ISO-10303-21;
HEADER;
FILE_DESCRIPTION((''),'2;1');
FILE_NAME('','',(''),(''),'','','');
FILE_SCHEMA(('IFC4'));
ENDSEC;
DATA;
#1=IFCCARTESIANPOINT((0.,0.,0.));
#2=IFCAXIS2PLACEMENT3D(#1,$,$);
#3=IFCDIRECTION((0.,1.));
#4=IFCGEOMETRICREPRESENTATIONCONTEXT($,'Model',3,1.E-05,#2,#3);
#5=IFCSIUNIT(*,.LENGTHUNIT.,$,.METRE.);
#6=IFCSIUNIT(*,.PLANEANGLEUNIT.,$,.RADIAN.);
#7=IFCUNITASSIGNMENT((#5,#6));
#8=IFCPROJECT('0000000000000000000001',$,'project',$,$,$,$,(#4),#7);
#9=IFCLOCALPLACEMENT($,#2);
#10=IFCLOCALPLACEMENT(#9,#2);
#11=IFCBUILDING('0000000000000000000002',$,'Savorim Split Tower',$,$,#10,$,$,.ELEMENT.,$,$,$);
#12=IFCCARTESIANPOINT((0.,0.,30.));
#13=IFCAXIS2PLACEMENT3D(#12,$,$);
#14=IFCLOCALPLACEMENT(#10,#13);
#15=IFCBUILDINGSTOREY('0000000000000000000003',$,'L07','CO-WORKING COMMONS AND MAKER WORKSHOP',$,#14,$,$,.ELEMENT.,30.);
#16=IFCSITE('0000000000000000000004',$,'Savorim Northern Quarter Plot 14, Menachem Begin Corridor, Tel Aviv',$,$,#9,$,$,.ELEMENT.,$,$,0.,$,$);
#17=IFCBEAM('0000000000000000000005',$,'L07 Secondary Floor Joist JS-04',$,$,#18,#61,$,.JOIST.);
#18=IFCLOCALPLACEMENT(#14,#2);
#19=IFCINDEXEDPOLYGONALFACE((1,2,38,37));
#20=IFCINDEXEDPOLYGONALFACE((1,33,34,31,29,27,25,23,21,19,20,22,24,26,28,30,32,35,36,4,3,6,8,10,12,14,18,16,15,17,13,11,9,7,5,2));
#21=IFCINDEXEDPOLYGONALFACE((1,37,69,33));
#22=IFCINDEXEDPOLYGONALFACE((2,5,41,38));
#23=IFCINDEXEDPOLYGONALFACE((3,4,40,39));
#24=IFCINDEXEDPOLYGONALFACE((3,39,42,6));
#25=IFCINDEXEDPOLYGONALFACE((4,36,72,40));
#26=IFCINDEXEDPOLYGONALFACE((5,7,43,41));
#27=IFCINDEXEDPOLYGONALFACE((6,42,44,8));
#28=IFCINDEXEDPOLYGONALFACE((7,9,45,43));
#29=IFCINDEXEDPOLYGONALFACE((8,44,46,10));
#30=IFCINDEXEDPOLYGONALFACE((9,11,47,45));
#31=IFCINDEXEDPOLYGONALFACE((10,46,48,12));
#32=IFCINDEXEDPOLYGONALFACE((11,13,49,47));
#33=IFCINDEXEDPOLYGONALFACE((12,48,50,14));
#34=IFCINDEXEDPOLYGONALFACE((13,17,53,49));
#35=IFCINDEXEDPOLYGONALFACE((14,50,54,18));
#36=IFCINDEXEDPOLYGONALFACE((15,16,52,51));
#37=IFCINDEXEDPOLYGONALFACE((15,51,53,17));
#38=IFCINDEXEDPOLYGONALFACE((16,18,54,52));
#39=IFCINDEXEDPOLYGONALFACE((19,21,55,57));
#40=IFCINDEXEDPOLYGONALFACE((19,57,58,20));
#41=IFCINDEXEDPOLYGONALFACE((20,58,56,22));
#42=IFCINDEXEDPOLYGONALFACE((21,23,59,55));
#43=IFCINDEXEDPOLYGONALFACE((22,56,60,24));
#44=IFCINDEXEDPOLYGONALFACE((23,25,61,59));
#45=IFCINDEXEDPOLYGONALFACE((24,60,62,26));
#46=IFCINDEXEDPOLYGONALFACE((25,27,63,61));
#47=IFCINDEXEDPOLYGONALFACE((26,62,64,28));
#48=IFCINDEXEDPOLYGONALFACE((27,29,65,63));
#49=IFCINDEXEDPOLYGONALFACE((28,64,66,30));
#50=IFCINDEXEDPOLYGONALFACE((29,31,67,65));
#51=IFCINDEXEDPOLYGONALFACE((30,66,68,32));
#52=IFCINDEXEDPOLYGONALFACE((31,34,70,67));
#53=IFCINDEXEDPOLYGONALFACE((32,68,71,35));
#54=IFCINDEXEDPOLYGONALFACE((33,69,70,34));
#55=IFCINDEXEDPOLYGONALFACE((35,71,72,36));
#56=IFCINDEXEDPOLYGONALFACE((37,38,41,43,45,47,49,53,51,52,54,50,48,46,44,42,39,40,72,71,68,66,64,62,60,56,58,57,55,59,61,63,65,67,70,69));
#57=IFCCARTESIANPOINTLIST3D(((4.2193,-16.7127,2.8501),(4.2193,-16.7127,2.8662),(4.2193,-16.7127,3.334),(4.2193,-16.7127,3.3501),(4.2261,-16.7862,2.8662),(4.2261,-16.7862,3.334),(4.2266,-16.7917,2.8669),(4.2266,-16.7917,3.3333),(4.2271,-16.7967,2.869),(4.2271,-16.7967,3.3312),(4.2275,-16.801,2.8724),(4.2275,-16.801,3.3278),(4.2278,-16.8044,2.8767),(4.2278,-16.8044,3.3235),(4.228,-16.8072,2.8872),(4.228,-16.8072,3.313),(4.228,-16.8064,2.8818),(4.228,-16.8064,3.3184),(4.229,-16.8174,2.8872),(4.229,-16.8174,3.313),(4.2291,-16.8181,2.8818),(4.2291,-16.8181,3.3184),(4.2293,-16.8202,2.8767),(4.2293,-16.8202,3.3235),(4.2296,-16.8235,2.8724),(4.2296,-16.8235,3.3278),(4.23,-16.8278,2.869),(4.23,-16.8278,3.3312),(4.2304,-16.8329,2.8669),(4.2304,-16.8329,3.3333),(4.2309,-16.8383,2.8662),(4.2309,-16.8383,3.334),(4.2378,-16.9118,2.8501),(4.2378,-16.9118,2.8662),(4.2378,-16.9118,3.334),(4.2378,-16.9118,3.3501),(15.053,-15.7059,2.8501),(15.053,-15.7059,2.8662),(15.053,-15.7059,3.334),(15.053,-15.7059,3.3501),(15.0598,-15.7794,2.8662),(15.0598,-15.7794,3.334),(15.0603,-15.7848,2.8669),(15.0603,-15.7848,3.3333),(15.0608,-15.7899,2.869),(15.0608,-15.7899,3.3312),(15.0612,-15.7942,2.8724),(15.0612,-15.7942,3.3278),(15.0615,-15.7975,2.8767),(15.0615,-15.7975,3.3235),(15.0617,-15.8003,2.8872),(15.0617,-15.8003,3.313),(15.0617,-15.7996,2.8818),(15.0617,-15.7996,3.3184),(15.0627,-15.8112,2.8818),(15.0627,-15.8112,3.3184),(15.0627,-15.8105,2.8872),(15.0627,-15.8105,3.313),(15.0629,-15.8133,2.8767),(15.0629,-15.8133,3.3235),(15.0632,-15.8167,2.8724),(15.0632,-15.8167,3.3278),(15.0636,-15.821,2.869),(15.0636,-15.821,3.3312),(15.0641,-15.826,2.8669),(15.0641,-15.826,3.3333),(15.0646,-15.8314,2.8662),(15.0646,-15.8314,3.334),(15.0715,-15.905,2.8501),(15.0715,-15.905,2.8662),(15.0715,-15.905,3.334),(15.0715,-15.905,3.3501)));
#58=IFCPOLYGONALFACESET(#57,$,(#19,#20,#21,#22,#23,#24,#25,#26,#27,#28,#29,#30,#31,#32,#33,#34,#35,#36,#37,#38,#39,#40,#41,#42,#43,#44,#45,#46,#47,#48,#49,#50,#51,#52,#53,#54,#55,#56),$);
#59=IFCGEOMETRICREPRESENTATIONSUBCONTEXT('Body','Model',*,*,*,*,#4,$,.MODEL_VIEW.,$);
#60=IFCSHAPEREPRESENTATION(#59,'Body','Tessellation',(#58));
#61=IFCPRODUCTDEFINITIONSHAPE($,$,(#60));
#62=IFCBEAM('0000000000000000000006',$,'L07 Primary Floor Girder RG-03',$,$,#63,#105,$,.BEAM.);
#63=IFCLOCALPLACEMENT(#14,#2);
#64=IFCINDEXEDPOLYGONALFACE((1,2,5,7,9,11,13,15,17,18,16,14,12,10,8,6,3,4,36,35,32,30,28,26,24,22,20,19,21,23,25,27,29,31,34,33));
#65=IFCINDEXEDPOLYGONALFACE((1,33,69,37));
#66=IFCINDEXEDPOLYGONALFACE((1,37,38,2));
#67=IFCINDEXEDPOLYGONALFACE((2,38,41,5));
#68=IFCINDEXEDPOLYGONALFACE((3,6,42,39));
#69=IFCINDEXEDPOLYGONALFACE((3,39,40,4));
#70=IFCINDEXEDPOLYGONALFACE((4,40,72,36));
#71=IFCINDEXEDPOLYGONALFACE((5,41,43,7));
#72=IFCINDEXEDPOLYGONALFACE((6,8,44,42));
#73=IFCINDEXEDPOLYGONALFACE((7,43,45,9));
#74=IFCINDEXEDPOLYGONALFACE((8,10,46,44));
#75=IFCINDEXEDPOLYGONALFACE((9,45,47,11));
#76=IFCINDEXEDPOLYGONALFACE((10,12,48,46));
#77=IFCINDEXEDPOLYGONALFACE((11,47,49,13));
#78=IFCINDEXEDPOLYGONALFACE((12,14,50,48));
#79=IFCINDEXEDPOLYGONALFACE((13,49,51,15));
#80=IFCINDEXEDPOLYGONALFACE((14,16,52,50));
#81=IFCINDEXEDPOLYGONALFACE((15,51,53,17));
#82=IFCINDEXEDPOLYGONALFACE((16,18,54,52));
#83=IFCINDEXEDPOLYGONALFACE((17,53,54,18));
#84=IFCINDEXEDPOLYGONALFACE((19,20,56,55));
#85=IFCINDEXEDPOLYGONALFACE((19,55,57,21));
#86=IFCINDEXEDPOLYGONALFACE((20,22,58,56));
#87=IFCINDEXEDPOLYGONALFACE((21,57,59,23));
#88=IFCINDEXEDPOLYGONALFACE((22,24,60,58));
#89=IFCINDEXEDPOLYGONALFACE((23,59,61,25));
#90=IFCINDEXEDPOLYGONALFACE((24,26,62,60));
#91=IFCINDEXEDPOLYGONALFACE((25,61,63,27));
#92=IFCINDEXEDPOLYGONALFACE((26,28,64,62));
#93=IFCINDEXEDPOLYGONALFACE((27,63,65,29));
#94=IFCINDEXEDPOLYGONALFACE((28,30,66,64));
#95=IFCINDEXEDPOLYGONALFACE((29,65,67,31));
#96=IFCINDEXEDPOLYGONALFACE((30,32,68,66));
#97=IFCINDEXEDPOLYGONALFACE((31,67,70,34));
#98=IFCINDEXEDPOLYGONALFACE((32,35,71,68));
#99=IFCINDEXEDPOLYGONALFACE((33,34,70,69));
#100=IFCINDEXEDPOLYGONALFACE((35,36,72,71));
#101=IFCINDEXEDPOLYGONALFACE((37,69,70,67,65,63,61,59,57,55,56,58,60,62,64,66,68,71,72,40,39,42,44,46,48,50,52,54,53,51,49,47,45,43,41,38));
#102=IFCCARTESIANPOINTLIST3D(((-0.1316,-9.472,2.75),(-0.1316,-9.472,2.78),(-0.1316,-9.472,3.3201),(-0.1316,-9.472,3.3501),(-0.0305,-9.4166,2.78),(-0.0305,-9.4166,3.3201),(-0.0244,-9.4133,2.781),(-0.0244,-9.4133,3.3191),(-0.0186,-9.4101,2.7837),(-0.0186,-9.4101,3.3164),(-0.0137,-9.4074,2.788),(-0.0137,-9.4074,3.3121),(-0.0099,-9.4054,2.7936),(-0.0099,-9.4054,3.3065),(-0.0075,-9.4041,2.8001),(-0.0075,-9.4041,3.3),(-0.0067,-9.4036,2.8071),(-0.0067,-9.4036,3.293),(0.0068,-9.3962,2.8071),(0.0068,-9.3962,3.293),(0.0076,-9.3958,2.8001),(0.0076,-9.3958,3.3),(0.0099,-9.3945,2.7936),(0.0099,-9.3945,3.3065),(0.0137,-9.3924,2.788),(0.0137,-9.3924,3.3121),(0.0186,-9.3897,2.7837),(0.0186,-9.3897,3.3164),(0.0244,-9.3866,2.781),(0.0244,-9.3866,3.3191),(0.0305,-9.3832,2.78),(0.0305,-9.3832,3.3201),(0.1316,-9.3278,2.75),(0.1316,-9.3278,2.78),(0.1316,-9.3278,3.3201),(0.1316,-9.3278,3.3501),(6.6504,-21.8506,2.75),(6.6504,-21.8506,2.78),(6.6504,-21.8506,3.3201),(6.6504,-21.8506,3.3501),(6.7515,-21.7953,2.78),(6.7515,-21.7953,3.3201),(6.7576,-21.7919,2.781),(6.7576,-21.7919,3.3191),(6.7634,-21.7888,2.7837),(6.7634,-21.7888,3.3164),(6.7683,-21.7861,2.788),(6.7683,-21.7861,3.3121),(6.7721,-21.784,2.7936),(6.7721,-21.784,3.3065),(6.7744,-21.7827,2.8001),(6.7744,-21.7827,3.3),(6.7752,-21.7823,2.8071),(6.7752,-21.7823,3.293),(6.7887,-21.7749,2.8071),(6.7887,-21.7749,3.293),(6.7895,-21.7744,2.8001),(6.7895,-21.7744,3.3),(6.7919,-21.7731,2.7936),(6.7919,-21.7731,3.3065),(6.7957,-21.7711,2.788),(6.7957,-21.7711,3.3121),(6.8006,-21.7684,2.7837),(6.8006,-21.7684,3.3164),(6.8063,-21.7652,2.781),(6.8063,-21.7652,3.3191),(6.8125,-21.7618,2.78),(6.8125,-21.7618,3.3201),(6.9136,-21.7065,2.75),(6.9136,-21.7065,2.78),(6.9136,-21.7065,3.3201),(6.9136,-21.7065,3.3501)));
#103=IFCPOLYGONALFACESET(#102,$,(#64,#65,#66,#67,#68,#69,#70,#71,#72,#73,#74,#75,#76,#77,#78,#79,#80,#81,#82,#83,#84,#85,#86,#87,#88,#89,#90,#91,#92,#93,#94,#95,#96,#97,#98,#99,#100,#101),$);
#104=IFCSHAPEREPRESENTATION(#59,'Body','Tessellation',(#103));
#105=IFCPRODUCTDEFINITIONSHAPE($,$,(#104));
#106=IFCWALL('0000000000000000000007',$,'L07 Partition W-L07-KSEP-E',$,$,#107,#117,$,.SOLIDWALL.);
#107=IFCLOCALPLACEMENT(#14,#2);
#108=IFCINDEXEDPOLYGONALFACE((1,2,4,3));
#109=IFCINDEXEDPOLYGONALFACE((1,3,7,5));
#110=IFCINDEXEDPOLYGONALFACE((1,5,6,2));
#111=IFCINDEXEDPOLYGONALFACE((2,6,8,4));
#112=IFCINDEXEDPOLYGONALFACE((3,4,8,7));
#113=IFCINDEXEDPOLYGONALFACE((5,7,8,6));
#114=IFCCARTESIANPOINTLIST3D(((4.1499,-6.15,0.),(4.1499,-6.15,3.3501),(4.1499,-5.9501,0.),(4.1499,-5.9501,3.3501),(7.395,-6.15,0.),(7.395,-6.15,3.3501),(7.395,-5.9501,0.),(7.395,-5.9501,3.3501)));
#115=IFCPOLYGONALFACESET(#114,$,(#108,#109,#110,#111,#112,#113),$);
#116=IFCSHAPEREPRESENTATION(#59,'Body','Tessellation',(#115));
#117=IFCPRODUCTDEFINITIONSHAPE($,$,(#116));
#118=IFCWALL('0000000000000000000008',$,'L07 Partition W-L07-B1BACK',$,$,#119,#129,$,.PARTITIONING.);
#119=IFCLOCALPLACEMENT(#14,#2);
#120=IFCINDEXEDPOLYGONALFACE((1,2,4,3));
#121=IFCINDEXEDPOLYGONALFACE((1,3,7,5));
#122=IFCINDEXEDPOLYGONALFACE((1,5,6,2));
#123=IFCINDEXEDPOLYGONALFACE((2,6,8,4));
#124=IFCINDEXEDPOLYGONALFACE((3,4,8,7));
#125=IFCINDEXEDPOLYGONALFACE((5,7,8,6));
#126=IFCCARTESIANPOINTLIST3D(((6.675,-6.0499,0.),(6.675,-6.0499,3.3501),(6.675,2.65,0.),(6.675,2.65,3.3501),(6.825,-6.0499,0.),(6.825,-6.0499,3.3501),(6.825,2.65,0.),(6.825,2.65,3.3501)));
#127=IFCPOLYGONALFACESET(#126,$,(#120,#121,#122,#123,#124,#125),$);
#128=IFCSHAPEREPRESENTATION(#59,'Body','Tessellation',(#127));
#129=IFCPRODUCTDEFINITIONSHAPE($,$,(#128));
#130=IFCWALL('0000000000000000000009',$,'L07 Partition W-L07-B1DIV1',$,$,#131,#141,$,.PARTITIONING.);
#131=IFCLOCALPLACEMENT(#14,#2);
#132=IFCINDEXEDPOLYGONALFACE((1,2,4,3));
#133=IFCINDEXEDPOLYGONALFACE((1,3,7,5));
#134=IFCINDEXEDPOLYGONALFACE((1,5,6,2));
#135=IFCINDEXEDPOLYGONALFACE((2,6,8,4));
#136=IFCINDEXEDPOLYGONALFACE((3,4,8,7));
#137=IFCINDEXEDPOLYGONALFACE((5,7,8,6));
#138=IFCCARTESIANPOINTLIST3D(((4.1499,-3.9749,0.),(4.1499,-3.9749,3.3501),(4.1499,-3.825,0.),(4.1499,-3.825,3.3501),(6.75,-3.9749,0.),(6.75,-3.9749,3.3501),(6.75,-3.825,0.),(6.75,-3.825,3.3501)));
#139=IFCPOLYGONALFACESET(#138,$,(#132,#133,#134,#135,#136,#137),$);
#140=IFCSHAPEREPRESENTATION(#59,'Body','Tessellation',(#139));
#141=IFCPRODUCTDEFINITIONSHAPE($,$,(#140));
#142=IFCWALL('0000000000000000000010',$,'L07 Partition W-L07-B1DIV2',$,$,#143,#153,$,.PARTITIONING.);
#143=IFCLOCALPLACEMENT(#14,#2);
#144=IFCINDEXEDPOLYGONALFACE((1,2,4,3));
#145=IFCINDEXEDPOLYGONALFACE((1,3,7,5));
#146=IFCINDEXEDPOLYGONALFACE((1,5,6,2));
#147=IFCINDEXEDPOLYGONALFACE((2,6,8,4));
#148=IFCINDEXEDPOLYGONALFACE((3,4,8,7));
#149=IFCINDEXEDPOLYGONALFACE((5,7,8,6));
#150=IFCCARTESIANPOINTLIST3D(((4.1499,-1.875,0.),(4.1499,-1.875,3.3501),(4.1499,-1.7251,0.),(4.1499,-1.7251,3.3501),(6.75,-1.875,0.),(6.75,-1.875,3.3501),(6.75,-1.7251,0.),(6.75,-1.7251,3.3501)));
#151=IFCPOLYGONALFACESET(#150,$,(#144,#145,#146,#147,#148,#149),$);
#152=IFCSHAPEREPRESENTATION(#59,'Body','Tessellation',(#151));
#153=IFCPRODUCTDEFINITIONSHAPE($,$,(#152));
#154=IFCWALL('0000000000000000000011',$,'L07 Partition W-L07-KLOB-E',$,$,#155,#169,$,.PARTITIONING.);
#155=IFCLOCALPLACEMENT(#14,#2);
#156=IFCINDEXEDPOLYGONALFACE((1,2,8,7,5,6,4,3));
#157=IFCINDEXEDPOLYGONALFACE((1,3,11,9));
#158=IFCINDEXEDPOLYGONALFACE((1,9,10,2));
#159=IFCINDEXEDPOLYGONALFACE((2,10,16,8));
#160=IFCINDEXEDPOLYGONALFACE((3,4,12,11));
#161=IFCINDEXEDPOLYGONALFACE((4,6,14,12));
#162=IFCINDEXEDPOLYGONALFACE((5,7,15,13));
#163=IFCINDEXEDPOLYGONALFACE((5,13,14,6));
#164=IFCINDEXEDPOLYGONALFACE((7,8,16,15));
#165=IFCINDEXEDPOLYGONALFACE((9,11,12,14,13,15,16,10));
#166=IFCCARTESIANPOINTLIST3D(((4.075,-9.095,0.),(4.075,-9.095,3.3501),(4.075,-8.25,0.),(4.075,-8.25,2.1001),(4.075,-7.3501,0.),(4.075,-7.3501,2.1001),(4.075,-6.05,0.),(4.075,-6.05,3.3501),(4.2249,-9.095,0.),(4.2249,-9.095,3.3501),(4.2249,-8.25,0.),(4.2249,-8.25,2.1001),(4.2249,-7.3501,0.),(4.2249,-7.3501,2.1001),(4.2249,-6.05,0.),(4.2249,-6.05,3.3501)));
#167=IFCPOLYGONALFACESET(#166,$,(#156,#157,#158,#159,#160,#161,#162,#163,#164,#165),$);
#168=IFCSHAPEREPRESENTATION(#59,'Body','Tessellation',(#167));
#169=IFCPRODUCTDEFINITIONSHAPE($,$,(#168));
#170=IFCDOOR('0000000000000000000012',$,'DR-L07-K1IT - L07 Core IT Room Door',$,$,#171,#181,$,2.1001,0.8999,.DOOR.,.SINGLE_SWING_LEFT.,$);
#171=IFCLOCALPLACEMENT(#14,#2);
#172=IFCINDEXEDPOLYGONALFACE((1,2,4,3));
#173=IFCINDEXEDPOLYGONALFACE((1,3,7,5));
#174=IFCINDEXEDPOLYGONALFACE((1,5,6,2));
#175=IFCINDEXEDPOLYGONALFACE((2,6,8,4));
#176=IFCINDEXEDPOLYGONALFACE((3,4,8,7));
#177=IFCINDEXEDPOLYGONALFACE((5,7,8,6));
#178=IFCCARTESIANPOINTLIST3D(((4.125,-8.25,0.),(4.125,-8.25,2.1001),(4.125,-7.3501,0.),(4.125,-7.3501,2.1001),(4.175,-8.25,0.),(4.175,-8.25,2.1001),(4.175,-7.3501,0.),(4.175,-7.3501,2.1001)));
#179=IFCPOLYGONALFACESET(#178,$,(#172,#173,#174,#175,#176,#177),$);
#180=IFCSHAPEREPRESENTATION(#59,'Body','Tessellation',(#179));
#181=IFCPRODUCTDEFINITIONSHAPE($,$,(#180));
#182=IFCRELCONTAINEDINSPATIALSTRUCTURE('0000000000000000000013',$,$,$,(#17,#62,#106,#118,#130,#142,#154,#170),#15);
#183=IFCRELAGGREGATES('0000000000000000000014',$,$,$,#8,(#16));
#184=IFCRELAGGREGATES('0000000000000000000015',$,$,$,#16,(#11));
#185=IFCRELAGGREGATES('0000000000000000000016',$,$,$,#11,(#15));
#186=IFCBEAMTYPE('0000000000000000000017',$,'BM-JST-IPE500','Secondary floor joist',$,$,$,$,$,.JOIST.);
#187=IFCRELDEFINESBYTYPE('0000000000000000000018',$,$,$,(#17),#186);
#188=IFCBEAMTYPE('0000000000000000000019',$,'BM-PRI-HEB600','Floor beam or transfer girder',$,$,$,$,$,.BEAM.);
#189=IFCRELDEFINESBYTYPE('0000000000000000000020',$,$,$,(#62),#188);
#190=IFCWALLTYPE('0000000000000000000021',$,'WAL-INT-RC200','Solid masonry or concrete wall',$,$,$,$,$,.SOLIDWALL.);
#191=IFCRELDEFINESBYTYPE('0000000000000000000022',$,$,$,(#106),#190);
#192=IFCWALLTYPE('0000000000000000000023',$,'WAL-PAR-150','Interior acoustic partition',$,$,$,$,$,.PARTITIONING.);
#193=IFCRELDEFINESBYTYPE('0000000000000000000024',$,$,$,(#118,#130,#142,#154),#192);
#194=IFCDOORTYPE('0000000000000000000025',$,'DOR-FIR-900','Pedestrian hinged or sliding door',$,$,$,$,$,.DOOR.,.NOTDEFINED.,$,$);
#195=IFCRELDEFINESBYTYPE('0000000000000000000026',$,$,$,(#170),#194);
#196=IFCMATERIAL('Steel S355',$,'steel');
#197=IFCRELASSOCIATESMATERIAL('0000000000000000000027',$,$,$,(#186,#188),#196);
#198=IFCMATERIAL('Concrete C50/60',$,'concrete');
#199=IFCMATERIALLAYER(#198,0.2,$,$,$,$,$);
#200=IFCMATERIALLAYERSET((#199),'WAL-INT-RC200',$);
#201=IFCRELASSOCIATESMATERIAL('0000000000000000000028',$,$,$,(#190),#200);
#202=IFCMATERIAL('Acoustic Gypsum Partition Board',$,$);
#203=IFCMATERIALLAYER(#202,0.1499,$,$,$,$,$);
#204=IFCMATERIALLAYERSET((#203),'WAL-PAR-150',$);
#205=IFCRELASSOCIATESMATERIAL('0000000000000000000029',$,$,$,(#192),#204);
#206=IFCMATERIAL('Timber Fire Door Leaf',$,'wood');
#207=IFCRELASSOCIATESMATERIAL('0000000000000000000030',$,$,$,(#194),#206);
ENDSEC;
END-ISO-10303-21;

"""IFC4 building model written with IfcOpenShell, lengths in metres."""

from ifc_helpers import new_model, si_unit, direction, frame, frame_2d, origin, origin_2d, place, context, subcontext, project, spatial, rectangle, i_section, extrude, material, layer, layer_set, material_profile, profile_set, type_object, element, fill, save


model = new_model("IFC4")

# Units and contexts
model_context = context("Model", 3, precision=1e-05, world=origin(), true_north=direction((0.0, 1.0)))
body_context = subcontext(model_context, "Body", "Model", "MODEL_VIEW")
ifc_project = project(units=[si_unit("LENGTHUNIT", "METRE"), si_unit("PLANEANGLEUNIT", "RADIAN")], contexts=[model_context])

# Site, building, storey
site_placement = place(None, origin())
site = spatial("IfcSite", under=ifc_project, at=site_placement, Name="Savorim Northern Quarter Plot 14, Menachem Begin Corridor, Tel Aviv", CompositionType="ELEMENT", RefElevation=0.0)
building_placement = place(site_placement, origin())
building = spatial("IfcBuilding", under=site, at=building_placement, Name="Savorim Split Tower", CompositionType="ELEMENT")
storey_placement = place(building_placement, frame((0.0, 0.0, 30.0)))
storey = spatial("IfcBuildingStorey", under=building, at=storey_placement, Name="L07", Description="CO-WORKING COMMONS AND MAKER WORKSHOP", CompositionType="ELEMENT", Elevation=30.0)

# Beams
ifc_material_1 = material(Name="Steel S355", Category="steel")
ifc_material_profile_1 = material_profile(ifc_material_1, i_section(OverallWidth=0.2, OverallDepth=0.5, WebThickness=0.0103, FlangeThickness=0.0161, FilletRadius=0.021, at=origin_2d()), Name="IPE 500")
ifc_profile_set_1 = profile_set([ifc_material_profile_1], Name="Steel S355")
beam_type_1 = type_object("IfcBeamType", Name="BM-JST-IPE500", Description="Secondary floor joist", PredefinedType="JOIST", material=ifc_profile_set_1)
beam_1_placement = place(storey_placement, frame((4.2285, -16.8123, 3.1001), z_axis=(0.995709, 0.092536, 0.0), x_axis=(-0.092536, 0.995709, 0.0)))
element("IfcBeam", 1, at=beam_1_placement, inside=storey, type_object=beam_type_1, Name="L07 Secondary Floor Joist JS-04", PredefinedType="JOIST", context=body_context, shape_type="SweptSolid", body=[
    extrude(i_section(OverallWidth=0.2, OverallDepth=0.5, WebThickness=0.0103, FlangeThickness=0.0161, FilletRadius=0.021, at=origin_2d()), origin(), (0.0, 0.0, 1.0), 10.8804),
])
ifc_material_profile_2 = material_profile(ifc_material_1, i_section(OverallWidth=0.3, OverallDepth=0.6001, WebThickness=0.0154, FlangeThickness=0.03, FilletRadius=0.0271, at=origin_2d()), Name="HEB 600")
ifc_profile_set_2 = profile_set([ifc_material_profile_2], Name="Steel S355")
beam_type_2 = type_object("IfcBeamType", Name="BM-PRI-HEB600", Description="Floor beam or transfer girder", PredefinedType="BEAM", material=ifc_profile_set_2)
beam_2_placement = place(storey_placement, frame((6.782, -21.7786, 3.05), z_axis=(-0.480489, 0.877001, 0.0), x_axis=(-0.877001, -0.480489, 0.0)))
element("IfcBeam", 2, at=beam_2_placement, inside=storey, type_object=beam_type_2, Name="L07 Primary Floor Girder RG-03", PredefinedType="BEAM", context=body_context, shape_type="SweptSolid", body=[
    extrude(i_section(OverallWidth=0.3, OverallDepth=0.6001, WebThickness=0.0154, FlangeThickness=0.03, FilletRadius=0.0271, at=origin_2d()), origin(), (0.0, 0.0, 1.0), 14.1147),
])

# Shared definitions
ifc_material_2 = material(Name="Concrete C50/60", Category="concrete")
ifc_layer_1 = layer(ifc_material_2, 0.2)
ifc_layer_set_1 = layer_set([ifc_layer_1], Name="WAL-INT-RC200")
wall_type_1 = type_object("IfcWallType", Name="WAL-INT-RC200", Description="Solid masonry or concrete wall", PredefinedType="SOLIDWALL", material=ifc_layer_set_1)

# Walls
wall_1_placement = place(storey_placement, frame((4.1499, -6.05, 0.0), z_axis=(0.0, 0.0, 1.0), x_axis=(1.0, 0.0, 0.0)))
element("IfcWall", 3, at=wall_1_placement, inside=storey, type_object=wall_type_1, Name="L07 Partition W-L07-KSEP-E", PredefinedType="SOLIDWALL", context=body_context, shape_type="SweptSolid", body=[
    extrude(rectangle(XDim=3.2451, YDim=0.2, at=frame_2d((1.6226, 0.0))), origin(), (0.0, 0.0, 1.0), 3.3501),
])
ifc_material_3 = material(Name="Acoustic Gypsum Partition Board")
ifc_layer_2 = layer(ifc_material_3, 0.1499)
ifc_layer_set_2 = layer_set([ifc_layer_2], Name="WAL-PAR-150")
wall_type_2 = type_object("IfcWallType", Name="WAL-PAR-150", Description="Interior acoustic partition", PredefinedType="PARTITIONING", material=ifc_layer_set_2)
wall_2_placement = place(storey_placement, frame((6.75, -6.05, 0.0), z_axis=(0.0, 0.0, 1.0), x_axis=(0.0, 1.0, 0.0)))
element("IfcWall", 4, at=wall_2_placement, inside=storey, type_object=wall_type_2, Name="L07 Partition W-L07-B1BACK", PredefinedType="PARTITIONING", context=body_context, shape_type="SweptSolid", body=[
    extrude(rectangle(XDim=8.7, YDim=0.1499, at=frame_2d((4.3501, 0.0))), origin(), (0.0, 0.0, 1.0), 3.3501),
])
for number, where, z_axis, x_axis, name in (
    (5, (4.1499, -3.8999, 0.0), (0.0, 0.0, 1.0), (1.0, 0.0, 0.0), "L07 Partition W-L07-B1DIV1"),
    (6, (4.1499, -1.8, 0.0), (0.0, 0.0, 1.0), (1.0, 0.0, 0.0), "L07 Partition W-L07-B1DIV2"),
):
    element("IfcWall", number, at=place(storey_placement, frame(where, z_axis=z_axis, x_axis=x_axis)), inside=storey, type_object=wall_type_2, Name=name, PredefinedType="PARTITIONING", context=body_context, shape_type="SweptSolid", body=[
        extrude(rectangle(XDim=2.6001, YDim=0.1499, at=frame_2d((1.3, 0.0))), origin(), (0.0, 0.0, 1.0), 3.3501),
    ])

# Wall, opening, door
wall_3_placement = place(storey_placement, frame((4.1499, -9.095, 0.0), z_axis=(0.0, 0.0, 1.0), x_axis=(0.0, 1.0, 0.0)))
wall_3 = element("IfcWall", 7, at=wall_3_placement, inside=storey, type_object=wall_type_2, Name="L07 Partition W-L07-KLOB-E", PredefinedType="PARTITIONING", context=body_context, shape_type="SweptSolid", body=[
    extrude(rectangle(XDim=3.0449, YDim=0.1499, at=frame_2d((1.5225, 0.0))), origin(), (0.0, 0.0, 1.0), 3.3501),
])
opening_1_placement = place(wall_3_placement, frame((0.845, 0.0, 0.0)))
opening_1 = element("IfcOpeningElement", 8, at=opening_1_placement, cuts=wall_3, PredefinedType="OPENING", context=body_context, shape_type="SweptSolid", body=[
    extrude(rectangle(XDim=0.8999, YDim=2.1001, at=frame_2d((0.45, 1.05))), frame((0.0, 0.085, 0.0), z_axis=(0.0, -1.0, 0.0), x_axis=(1.0, 0.0, 0.0)), (0.0, 0.0, 1.0), 0.1699),
])
ifc_material_4 = material(Name="Timber Fire Door Leaf", Category="wood")
door_type_1 = type_object("IfcDoorType", Name="DOR-FIR-900", Description="Pedestrian hinged or sliding door", OperationType="NOTDEFINED", PredefinedType="DOOR", material=ifc_material_4)
door_1_placement = place(opening_1_placement, origin())
door_1 = element("IfcDoor", 9, at=door_1_placement, inside=storey, type_object=door_type_1, Name="DR-L07-K1IT - L07 Core IT Room Door", OperationType="SINGLE_SWING_LEFT", OverallHeight=2.1001, OverallWidth=0.8999, PredefinedType="DOOR", context=body_context, shape_type="SweptSolid", body=[
    extrude(rectangle(XDim=0.8999, YDim=2.1001, at=frame_2d((0.45, 1.05))), frame((0.0, 0.0249, 0.0), z_axis=(0.0, -1.0, 0.0), x_axis=(1.0, 0.0, 0.0)), (0.0, 0.0, 1.0), 0.05),
])
fill(opening_1, door_1)

save(model, "model.ifc")
